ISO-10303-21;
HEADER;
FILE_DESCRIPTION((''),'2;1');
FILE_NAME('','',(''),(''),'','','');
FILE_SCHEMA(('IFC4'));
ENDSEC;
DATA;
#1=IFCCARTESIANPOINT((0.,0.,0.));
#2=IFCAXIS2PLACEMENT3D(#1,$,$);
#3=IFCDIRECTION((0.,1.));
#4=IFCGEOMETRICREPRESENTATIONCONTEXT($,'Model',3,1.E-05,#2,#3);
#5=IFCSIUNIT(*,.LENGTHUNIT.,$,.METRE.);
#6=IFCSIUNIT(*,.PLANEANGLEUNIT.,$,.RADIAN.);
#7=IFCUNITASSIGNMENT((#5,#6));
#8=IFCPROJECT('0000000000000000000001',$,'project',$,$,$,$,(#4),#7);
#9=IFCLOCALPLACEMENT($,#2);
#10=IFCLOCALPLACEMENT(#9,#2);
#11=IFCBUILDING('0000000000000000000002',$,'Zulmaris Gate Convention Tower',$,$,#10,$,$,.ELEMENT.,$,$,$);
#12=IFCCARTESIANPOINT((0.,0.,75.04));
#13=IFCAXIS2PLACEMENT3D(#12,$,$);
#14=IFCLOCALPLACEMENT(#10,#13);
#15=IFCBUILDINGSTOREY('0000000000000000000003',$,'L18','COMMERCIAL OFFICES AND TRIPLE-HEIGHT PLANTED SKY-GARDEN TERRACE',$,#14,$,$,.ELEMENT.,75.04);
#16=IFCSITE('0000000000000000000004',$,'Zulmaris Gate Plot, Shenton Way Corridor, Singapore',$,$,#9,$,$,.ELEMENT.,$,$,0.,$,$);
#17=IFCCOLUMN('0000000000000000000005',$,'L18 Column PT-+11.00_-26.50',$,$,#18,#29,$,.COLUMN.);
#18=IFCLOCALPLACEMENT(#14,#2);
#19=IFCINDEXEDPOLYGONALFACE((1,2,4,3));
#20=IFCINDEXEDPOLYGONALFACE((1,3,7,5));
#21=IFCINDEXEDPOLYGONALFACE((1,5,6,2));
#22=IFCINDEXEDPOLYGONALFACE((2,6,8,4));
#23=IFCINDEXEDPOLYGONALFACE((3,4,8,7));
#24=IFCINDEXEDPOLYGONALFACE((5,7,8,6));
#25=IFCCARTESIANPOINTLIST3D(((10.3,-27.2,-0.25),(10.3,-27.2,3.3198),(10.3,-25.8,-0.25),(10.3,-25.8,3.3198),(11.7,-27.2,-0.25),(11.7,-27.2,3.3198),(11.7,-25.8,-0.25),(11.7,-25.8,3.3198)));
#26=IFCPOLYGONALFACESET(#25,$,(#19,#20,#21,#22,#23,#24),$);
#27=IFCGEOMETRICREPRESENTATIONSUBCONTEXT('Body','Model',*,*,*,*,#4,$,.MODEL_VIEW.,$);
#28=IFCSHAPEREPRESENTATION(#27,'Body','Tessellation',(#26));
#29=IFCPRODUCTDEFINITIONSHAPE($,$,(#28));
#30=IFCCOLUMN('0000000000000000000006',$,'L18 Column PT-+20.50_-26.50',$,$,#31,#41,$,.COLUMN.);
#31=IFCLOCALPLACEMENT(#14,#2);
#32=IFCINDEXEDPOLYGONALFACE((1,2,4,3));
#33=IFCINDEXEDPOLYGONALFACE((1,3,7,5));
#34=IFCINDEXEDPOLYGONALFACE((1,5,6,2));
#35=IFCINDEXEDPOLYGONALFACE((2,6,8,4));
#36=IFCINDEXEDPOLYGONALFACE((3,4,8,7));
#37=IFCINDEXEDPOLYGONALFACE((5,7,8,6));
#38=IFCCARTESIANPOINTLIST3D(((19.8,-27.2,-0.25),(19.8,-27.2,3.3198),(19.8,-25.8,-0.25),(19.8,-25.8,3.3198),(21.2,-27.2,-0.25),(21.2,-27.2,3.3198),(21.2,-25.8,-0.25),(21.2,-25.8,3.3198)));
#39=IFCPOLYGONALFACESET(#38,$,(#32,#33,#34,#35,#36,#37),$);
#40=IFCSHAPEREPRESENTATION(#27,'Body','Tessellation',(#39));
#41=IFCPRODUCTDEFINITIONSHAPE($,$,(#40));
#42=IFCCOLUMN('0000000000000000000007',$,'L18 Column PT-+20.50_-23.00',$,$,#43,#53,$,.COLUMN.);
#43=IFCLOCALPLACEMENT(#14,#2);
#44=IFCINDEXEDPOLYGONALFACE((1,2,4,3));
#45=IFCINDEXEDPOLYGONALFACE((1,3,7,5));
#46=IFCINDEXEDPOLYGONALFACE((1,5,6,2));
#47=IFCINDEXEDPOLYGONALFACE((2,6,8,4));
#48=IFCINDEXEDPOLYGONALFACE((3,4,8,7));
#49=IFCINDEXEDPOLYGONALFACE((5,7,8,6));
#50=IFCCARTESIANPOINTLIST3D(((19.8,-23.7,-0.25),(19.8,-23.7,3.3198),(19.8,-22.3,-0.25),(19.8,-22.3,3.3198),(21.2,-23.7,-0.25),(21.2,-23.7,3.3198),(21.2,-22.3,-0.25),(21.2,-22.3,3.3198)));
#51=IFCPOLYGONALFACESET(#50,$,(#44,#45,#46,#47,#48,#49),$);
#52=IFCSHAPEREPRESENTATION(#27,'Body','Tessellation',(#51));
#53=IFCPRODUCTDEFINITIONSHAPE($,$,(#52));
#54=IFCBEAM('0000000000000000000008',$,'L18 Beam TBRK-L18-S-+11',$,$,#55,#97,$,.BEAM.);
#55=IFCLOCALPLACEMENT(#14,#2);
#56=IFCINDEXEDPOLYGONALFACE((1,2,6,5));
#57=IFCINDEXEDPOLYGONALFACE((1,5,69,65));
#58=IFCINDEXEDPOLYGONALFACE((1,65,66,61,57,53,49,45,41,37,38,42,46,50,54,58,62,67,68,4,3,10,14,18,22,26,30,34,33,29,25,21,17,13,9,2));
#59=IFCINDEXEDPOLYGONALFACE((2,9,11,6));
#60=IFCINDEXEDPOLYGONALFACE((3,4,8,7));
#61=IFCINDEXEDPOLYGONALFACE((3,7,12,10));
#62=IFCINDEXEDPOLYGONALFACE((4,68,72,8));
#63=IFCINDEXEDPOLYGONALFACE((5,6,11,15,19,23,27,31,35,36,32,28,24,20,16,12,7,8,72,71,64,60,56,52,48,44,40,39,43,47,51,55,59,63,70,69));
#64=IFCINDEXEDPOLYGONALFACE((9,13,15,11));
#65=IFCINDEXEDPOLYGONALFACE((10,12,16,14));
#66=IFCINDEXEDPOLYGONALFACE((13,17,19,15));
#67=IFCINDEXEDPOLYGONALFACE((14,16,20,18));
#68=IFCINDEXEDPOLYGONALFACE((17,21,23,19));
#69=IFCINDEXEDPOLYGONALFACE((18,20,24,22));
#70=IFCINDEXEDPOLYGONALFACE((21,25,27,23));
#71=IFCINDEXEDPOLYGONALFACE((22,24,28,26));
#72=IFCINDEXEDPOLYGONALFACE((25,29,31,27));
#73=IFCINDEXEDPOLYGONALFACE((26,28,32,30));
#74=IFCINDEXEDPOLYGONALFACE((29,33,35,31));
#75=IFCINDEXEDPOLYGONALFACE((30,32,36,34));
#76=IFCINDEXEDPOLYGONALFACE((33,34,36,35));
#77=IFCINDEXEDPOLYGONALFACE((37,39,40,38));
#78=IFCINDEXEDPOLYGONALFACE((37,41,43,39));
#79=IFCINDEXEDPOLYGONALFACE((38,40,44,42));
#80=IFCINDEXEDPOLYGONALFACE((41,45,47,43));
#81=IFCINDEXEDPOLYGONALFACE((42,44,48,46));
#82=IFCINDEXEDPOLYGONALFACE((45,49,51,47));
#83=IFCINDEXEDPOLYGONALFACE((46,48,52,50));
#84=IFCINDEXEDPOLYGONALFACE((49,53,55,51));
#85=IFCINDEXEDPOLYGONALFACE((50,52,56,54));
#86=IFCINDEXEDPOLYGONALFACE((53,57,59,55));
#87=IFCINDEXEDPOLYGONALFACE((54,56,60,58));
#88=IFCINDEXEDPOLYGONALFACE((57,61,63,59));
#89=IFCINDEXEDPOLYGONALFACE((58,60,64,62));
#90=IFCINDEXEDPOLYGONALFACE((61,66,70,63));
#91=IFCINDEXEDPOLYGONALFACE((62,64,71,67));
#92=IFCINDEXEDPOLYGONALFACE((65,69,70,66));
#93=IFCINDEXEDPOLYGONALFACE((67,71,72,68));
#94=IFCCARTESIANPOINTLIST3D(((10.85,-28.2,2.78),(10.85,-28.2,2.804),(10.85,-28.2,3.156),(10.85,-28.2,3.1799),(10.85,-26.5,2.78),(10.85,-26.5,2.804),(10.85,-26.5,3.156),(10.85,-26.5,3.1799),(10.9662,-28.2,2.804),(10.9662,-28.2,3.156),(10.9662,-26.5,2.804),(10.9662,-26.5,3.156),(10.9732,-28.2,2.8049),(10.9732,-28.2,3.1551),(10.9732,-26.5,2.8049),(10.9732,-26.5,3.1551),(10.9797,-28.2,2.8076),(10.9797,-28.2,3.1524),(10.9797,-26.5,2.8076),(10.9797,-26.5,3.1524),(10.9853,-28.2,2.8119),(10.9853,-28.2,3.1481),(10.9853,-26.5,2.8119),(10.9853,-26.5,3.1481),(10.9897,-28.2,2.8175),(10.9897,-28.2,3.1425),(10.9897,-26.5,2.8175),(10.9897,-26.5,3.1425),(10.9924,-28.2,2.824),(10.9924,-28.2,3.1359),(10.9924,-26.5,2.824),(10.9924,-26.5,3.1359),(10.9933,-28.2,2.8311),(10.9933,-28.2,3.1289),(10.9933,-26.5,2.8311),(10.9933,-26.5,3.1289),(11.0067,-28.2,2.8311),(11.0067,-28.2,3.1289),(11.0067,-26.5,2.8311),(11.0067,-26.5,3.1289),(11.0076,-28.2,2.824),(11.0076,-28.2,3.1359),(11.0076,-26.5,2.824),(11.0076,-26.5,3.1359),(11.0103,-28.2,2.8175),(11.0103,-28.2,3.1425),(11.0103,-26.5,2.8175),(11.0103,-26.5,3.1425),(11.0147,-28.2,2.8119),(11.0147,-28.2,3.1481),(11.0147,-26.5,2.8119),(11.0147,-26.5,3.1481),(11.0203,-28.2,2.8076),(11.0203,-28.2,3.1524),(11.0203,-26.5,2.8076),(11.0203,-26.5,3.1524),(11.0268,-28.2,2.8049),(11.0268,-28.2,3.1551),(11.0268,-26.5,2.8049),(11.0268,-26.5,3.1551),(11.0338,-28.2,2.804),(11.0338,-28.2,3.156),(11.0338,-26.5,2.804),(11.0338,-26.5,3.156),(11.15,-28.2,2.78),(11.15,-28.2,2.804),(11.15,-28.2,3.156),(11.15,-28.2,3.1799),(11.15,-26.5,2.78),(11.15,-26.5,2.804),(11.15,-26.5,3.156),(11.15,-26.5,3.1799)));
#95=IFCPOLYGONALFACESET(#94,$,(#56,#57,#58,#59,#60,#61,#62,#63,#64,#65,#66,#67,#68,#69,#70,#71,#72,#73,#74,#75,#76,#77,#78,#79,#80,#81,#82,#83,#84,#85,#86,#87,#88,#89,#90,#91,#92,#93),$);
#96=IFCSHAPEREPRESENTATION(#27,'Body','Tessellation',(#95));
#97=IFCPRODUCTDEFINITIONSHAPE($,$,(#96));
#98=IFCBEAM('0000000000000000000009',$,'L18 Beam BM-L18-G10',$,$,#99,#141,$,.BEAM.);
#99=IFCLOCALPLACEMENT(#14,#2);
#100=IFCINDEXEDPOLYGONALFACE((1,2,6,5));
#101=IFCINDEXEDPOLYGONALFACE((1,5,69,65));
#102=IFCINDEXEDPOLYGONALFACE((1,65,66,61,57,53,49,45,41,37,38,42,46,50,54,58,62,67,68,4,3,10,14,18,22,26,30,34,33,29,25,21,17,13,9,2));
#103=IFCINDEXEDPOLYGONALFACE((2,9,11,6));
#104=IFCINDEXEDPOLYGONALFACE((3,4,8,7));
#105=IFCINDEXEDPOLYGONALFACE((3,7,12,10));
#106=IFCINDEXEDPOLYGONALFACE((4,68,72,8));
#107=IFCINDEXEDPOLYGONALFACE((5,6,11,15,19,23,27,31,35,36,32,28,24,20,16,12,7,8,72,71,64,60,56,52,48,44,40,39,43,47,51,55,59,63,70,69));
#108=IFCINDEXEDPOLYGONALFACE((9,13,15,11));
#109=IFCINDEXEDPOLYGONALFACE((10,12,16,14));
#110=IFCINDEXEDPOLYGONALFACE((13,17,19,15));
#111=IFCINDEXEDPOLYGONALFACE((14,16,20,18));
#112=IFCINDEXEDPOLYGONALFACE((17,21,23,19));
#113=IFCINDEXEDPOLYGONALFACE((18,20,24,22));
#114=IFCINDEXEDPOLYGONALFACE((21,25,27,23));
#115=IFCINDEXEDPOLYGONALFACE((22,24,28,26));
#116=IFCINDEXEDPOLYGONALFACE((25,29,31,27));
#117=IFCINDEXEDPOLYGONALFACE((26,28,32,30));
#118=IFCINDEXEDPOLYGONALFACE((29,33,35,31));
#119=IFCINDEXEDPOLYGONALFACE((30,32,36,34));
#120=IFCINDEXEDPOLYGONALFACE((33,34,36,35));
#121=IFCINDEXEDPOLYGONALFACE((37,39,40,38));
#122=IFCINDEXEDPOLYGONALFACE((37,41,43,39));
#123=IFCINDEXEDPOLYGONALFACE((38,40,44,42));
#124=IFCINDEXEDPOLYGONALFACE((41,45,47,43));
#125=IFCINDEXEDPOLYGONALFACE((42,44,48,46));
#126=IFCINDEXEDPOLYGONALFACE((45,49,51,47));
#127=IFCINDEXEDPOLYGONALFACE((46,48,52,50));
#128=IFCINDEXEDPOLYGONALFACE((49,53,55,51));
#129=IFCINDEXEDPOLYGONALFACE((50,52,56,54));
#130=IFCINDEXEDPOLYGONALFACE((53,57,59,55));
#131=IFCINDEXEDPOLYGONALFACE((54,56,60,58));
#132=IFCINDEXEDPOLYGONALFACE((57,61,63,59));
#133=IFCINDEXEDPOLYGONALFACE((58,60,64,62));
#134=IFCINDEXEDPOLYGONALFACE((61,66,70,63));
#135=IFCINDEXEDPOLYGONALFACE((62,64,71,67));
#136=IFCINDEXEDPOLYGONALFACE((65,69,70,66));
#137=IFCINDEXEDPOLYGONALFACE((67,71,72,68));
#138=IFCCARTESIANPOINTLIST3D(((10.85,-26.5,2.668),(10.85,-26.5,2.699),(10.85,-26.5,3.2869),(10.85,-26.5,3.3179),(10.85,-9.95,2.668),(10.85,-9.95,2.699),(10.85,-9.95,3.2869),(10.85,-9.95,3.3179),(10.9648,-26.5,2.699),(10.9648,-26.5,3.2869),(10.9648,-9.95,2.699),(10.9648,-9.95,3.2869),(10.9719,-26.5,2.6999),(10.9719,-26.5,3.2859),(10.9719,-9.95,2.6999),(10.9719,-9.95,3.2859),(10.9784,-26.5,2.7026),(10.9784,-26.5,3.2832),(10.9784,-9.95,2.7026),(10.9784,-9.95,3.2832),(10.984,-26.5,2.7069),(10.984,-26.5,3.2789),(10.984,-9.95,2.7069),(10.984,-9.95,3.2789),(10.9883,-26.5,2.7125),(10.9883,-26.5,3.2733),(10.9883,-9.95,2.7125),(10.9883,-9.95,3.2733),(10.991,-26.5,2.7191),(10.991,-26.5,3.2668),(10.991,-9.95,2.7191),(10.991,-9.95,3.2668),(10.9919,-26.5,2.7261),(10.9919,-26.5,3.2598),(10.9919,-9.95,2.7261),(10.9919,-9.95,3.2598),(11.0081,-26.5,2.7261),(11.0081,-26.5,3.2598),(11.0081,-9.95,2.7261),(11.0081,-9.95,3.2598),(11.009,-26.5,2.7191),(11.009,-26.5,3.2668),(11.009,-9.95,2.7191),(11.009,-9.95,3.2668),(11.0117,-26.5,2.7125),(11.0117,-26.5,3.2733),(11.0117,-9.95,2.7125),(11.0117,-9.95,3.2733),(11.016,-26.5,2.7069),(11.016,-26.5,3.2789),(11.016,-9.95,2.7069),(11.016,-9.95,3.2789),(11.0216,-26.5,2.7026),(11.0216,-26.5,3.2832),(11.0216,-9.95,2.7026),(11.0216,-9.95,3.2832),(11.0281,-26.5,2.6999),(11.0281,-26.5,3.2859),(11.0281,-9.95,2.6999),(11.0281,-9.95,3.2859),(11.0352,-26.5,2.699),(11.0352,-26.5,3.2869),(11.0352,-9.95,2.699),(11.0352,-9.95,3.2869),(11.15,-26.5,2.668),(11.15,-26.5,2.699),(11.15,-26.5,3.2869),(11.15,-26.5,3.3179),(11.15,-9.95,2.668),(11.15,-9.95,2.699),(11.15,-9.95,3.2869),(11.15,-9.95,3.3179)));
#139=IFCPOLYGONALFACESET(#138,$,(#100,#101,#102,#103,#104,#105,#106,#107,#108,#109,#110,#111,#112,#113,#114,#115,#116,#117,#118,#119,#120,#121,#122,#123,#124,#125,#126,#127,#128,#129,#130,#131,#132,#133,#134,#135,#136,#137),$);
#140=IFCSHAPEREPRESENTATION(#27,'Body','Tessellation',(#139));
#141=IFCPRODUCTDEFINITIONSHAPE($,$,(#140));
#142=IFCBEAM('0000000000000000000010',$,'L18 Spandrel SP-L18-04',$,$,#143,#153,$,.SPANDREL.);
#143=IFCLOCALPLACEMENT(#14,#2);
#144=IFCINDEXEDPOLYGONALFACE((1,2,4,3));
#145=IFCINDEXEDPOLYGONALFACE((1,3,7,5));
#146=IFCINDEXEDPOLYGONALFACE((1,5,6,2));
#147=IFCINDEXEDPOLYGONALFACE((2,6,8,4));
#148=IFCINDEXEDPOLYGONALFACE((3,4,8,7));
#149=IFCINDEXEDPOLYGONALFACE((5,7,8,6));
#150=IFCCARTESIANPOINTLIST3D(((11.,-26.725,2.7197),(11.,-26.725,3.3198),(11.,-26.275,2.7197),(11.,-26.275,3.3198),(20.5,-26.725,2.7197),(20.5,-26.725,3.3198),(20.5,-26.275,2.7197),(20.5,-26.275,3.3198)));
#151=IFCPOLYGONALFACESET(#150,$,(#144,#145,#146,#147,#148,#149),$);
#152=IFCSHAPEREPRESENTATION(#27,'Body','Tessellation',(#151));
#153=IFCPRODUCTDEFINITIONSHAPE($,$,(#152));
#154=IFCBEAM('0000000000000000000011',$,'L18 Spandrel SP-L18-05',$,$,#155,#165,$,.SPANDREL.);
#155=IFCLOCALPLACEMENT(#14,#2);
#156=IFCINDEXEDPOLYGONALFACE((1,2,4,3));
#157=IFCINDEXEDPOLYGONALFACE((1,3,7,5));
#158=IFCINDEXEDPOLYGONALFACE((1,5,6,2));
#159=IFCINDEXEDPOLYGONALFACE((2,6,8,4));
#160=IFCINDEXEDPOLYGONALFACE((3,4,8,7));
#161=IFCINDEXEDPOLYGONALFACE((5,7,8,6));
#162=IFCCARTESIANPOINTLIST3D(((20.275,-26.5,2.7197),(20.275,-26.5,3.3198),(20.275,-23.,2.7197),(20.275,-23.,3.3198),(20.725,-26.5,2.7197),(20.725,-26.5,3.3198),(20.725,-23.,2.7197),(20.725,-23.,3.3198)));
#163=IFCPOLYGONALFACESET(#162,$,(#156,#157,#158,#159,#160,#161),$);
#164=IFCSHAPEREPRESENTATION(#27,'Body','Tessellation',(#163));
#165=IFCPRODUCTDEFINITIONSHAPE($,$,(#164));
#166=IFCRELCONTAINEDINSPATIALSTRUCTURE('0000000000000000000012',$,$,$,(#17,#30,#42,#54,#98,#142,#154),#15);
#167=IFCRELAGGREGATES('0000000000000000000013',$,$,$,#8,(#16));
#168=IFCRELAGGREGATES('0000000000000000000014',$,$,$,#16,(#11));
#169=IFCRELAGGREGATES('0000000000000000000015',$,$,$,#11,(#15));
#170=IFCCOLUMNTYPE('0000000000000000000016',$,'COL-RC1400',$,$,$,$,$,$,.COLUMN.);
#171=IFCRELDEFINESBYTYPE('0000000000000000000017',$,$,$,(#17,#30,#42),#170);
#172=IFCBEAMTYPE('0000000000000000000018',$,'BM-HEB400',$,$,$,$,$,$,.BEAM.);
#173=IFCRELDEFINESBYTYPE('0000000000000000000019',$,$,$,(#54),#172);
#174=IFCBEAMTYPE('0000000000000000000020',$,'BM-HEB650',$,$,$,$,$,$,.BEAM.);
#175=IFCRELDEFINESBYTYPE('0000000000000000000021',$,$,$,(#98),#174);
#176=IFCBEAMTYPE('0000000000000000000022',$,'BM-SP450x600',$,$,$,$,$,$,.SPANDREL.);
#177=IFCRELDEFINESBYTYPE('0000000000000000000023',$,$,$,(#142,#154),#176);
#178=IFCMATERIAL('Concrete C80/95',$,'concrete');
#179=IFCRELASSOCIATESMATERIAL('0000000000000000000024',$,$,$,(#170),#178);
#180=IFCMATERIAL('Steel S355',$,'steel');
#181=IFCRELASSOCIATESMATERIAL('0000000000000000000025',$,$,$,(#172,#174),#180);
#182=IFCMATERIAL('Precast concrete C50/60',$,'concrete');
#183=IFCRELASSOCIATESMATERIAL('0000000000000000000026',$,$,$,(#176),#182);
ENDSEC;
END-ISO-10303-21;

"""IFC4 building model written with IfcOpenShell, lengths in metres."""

from ifc_helpers import new_model, si_unit, direction, frame, origin, origin_2d, place, context, subcontext, project, spatial, rectangle, i_section, extrude, material, material_profile, profile_set, type_object, element, save


model = new_model("IFC4")

# Units and contexts
model_context = context("Model", 3, precision=1e-05, world=origin(), true_north=direction((0.0, 1.0)))
body_context = subcontext(model_context, "Body", "Model", "MODEL_VIEW")
ifc_project = project(units=[si_unit("LENGTHUNIT", "METRE"), si_unit("PLANEANGLEUNIT", "RADIAN")], contexts=[model_context])

# Site, building, storey
site_placement = place(None, origin())
site = spatial("IfcSite", under=ifc_project, at=site_placement, Name="Zulmaris Gate Plot, Shenton Way Corridor, Singapore", CompositionType="ELEMENT", RefElevation=0.0)
building_placement = place(site_placement, origin())
building = spatial("IfcBuilding", under=site, at=building_placement, Name="Zulmaris Gate Convention Tower", CompositionType="ELEMENT")
storey_placement = place(building_placement, frame((0.0, 0.0, 75.04)))
storey = spatial("IfcBuildingStorey", under=building, at=storey_placement, Name="L18", Description="COMMERCIAL OFFICES AND TRIPLE-HEIGHT PLANTED SKY-GARDEN TERRACE", CompositionType="ELEMENT", Elevation=75.04)

# Columns
ifc_material_1 = material(Name="Concrete C80/95", Category="concrete")
ifc_material_profile_1 = material_profile(ifc_material_1, rectangle(XDim=1.3999, YDim=1.3999, at=origin_2d()), Name="RC COL 1400x1400")
ifc_profile_set_1 = profile_set([ifc_material_profile_1], Name="Concrete C80/95")
column_type = type_object("IfcColumnType", Name="COL-RC1400", PredefinedType="COLUMN", material=ifc_profile_set_1)
for number, where, z_axis, x_axis, name in (
    (1, (11.0, -26.5, -0.25), (0.0, 0.0, 1.0), (1.0, 0.0, 0.0), "L18 Column PT-+11.00_-26.50"),
    (2, (20.5, -26.5, -0.25), (0.0, 0.0, 1.0), (1.0, 0.0, 0.0), "L18 Column PT-+20.50_-26.50"),
    (3, (20.5, -23.0, -0.25), (0.0, 0.0, 1.0), (1.0, 0.0, 0.0), "L18 Column PT-+20.50_-23.00"),
):
    element("IfcColumn", number, at=place(storey_placement, frame(where, z_axis=z_axis, x_axis=x_axis)), inside=storey, type_object=column_type, Name=name, PredefinedType="COLUMN", context=body_context, shape_type="SweptSolid", body=[
        extrude(rectangle(XDim=1.3999, YDim=1.3999, at=origin_2d()), origin(), (0.0, 0.0, 1.0), 3.5698),
    ])

# Beams
ifc_material_2 = material(Name="Steel S355", Category="steel")
ifc_material_profile_2 = material_profile(ifc_material_2, i_section(OverallWidth=0.3, OverallDepth=0.3999, WebThickness=0.0134, FlangeThickness=0.0239, FilletRadius=0.0271, at=origin_2d()), Name="HEB 400")
ifc_profile_set_2 = profile_set([ifc_material_profile_2], Name="Steel S355")
beam_type_1 = type_object("IfcBeamType", Name="BM-HEB400", PredefinedType="BEAM", material=ifc_profile_set_2)
beam_1_placement = place(storey_placement, frame((11.0, -28.2, 2.98), z_axis=(0.0, 1.0, 0.0), x_axis=(-1.0, 0.0, 0.0)))
element("IfcBeam", 4, at=beam_1_placement, inside=storey, type_object=beam_type_1, Name="L18 Beam TBRK-L18-S-+11", PredefinedType="BEAM", context=body_context, shape_type="SweptSolid", body=[
    extrude(i_section(OverallWidth=0.3, OverallDepth=0.3999, WebThickness=0.0134, FlangeThickness=0.0239, FilletRadius=0.0271, at=origin_2d()), origin(), (0.0, 0.0, 1.0), 1.7),
])
ifc_material_profile_3 = material_profile(ifc_material_2, i_section(OverallWidth=0.3, OverallDepth=0.6499, WebThickness=0.0161, FlangeThickness=0.031, FilletRadius=0.0271, at=origin_2d()), Name="HEB 650")
ifc_profile_set_3 = profile_set([ifc_material_profile_3], Name="Steel S355")
beam_type_2 = type_object("IfcBeamType", Name="BM-HEB650", PredefinedType="BEAM", material=ifc_profile_set_3)
beam_2_placement = place(storey_placement, frame((11.0, -26.5, 2.9929), z_axis=(0.0, 1.0, 0.0), x_axis=(-1.0, 0.0, 0.0)))
element("IfcBeam", 5, at=beam_2_placement, inside=storey, type_object=beam_type_2, Name="L18 Beam BM-L18-G10", PredefinedType="BEAM", context=body_context, shape_type="SweptSolid", body=[
    extrude(i_section(OverallWidth=0.3, OverallDepth=0.6499, WebThickness=0.0161, FlangeThickness=0.031, FilletRadius=0.0271, at=origin_2d()), origin(), (0.0, 0.0, 1.0), 16.55),
])
ifc_material_3 = material(Name="Precast concrete C50/60", Category="concrete")
ifc_material_profile_4 = material_profile(ifc_material_3, rectangle(XDim=0.45, YDim=0.6001, at=origin_2d()), Name="RC SPANDREL 450x600")
ifc_profile_set_4 = profile_set([ifc_material_profile_4], Name="Precast concrete C50/60")
beam_type_3 = type_object("IfcBeamType", Name="BM-SP450x600", PredefinedType="SPANDREL", material=ifc_profile_set_4)
beam_3_placement = place(storey_placement, frame((11.0, -26.5, 3.0198), z_axis=(1.0, 0.0, 0.0), x_axis=(0.0, 1.0, 0.0)))
element("IfcBeam", 6, at=beam_3_placement, inside=storey, type_object=beam_type_3, Name="L18 Spandrel SP-L18-04", PredefinedType="SPANDREL", context=body_context, shape_type="SweptSolid", body=[
    extrude(rectangle(XDim=0.45, YDim=0.6001, at=origin_2d()), origin(), (0.0, 0.0, 1.0), 9.5),
])
beam_4_placement = place(storey_placement, frame((20.5, -26.5, 3.0198), z_axis=(0.0, 1.0, 0.0), x_axis=(-1.0, 0.0, 0.0)))
element("IfcBeam", 7, at=beam_4_placement, inside=storey, type_object=beam_type_3, Name="L18 Spandrel SP-L18-05", PredefinedType="SPANDREL", context=body_context, shape_type="SweptSolid", body=[
    extrude(rectangle(XDim=0.45, YDim=0.6001, at=origin_2d()), origin(), (0.0, 0.0, 1.0), 3.5),
])

save(model, "model.ifc")
